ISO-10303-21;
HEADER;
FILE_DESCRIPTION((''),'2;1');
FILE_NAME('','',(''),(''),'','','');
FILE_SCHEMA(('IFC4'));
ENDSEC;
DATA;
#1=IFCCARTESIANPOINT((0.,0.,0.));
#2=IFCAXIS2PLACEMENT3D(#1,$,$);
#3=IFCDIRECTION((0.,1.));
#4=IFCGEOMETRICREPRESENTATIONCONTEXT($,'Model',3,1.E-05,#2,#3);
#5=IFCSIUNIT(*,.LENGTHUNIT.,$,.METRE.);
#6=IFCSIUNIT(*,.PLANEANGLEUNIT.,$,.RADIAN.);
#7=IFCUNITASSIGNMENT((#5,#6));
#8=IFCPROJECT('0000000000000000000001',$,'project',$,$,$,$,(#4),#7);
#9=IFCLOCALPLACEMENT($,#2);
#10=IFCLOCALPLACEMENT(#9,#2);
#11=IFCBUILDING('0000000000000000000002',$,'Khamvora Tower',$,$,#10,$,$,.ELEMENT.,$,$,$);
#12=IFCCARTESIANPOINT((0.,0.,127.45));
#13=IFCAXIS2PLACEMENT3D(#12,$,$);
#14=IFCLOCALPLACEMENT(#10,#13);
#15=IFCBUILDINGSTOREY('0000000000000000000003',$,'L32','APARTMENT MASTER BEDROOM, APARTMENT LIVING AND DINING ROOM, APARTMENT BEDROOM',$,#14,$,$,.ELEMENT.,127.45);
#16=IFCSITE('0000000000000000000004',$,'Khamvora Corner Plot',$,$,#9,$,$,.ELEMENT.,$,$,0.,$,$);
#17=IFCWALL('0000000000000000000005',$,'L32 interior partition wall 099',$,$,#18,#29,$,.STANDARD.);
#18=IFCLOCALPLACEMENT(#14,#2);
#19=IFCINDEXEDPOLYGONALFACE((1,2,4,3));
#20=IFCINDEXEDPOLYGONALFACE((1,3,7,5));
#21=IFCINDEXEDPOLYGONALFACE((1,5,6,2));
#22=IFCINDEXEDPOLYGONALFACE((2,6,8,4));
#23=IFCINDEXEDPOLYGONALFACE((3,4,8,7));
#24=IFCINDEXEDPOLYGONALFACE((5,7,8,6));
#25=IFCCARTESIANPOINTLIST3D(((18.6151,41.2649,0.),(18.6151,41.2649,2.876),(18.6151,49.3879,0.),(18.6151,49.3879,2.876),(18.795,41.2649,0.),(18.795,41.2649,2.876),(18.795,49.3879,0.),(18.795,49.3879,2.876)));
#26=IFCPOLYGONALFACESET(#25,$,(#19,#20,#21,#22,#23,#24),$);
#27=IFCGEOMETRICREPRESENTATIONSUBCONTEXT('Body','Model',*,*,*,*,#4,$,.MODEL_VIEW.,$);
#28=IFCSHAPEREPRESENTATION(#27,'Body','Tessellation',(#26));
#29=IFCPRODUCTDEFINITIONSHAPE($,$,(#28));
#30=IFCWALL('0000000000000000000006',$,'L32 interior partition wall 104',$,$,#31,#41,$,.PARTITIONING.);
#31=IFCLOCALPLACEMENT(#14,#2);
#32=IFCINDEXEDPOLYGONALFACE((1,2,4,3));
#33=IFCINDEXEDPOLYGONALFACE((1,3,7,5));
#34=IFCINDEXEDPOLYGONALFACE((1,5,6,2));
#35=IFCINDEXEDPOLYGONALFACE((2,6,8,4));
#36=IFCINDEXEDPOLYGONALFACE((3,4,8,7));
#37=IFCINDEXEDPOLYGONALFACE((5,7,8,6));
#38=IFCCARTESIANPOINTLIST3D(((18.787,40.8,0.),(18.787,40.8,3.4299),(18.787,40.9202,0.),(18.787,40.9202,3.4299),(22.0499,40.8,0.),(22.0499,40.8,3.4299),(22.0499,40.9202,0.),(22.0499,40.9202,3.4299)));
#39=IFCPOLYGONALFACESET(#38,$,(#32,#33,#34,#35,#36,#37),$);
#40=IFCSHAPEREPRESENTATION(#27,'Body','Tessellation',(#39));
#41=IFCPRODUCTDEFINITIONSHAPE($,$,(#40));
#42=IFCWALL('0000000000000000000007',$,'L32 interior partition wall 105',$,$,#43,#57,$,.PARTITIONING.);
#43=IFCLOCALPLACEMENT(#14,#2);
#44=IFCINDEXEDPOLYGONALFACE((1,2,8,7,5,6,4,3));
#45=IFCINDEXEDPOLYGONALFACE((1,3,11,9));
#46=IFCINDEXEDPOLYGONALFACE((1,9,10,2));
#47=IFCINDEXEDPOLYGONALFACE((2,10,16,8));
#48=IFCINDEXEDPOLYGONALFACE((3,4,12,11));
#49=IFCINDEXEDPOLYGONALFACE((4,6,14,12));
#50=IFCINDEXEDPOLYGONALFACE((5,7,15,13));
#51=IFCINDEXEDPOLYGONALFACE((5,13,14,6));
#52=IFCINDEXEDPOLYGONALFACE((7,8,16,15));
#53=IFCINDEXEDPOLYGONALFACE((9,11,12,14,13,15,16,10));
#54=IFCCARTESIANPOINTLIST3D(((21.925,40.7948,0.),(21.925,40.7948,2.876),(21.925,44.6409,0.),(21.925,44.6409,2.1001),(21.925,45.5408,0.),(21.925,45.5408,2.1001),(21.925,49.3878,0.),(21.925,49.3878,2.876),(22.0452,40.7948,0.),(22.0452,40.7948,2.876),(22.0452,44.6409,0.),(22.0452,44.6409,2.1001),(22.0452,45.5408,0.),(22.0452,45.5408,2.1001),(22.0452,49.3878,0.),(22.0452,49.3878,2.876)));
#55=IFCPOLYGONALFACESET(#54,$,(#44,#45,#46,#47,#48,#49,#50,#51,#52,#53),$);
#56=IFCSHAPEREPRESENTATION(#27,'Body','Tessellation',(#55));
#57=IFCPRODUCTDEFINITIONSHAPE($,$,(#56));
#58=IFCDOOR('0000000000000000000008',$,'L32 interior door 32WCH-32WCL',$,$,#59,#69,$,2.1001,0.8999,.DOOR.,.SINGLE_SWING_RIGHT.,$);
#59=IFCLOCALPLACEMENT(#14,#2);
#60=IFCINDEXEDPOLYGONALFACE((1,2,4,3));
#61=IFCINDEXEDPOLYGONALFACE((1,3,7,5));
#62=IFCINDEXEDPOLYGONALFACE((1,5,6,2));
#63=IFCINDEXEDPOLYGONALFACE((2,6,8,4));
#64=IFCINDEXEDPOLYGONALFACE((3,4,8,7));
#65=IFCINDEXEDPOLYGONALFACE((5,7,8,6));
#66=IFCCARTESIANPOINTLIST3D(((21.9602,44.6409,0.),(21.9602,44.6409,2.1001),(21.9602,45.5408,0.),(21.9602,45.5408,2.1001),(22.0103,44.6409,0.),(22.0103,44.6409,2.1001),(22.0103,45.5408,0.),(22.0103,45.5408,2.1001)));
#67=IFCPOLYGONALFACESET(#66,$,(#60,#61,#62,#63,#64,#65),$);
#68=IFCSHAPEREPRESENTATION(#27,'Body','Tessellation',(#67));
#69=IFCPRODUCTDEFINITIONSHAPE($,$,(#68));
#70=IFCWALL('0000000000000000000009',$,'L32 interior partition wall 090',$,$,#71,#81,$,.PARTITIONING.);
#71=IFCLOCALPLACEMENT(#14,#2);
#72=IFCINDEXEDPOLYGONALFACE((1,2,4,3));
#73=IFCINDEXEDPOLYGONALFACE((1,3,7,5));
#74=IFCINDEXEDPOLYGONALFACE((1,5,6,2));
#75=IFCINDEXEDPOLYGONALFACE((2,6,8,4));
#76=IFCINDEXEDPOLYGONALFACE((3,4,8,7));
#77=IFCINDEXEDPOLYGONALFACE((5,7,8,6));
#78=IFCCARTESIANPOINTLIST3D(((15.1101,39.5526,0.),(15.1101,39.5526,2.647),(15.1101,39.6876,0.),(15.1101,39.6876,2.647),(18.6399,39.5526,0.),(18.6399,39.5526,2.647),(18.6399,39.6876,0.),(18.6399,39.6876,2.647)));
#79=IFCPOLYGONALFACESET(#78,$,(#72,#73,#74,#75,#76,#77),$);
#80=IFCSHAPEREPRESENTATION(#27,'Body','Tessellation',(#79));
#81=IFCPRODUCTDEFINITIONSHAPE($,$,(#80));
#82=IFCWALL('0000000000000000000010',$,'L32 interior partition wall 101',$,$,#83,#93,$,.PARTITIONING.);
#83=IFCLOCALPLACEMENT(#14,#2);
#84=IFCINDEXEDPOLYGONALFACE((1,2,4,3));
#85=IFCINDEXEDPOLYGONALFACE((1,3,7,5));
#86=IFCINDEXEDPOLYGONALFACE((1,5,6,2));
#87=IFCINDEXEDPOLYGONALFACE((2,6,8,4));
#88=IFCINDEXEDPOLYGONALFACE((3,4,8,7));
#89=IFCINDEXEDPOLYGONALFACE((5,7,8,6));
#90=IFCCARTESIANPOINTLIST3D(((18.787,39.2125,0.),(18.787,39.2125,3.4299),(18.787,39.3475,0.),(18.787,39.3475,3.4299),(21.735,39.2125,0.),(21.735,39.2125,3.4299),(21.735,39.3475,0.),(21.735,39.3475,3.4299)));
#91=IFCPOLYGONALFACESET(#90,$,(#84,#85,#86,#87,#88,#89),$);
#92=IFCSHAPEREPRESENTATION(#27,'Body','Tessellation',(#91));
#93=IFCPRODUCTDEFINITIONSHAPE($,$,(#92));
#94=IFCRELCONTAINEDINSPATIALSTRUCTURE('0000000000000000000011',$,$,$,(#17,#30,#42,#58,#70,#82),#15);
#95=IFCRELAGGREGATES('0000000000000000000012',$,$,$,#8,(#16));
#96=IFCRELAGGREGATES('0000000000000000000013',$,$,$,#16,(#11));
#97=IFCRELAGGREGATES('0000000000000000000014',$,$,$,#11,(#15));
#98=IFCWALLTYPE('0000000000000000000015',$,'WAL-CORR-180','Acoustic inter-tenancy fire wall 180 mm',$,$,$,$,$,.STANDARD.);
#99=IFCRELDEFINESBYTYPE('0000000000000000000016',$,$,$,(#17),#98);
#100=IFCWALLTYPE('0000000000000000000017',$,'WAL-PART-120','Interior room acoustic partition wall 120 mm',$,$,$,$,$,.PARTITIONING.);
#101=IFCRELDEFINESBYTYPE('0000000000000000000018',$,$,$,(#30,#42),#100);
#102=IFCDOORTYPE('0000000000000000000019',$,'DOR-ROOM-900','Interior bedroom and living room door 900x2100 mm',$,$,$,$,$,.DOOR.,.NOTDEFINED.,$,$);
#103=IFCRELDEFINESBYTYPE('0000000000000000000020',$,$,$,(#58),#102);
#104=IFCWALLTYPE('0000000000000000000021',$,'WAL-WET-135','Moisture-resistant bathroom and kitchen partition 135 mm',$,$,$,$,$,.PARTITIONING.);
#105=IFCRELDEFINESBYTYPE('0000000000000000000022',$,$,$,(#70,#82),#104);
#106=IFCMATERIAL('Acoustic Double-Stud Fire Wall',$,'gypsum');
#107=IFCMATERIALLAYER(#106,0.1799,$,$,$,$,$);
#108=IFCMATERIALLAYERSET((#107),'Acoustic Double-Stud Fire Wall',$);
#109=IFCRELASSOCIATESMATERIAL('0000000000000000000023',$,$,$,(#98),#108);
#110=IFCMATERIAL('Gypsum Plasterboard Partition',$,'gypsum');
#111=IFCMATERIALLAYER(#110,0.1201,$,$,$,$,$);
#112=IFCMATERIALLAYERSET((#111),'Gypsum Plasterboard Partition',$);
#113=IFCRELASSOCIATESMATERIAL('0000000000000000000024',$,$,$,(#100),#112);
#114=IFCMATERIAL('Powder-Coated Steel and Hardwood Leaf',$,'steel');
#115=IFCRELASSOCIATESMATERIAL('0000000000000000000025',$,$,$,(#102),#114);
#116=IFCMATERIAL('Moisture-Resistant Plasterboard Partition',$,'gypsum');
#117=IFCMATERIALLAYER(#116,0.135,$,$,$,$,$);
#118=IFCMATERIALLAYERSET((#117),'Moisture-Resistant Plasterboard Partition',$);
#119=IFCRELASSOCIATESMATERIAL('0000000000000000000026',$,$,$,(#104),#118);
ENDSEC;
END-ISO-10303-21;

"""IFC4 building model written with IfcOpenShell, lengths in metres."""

from ifc_helpers import new_model, si_unit, direction, frame, frame_2d, origin, place, context, subcontext, project, spatial, rectangle, extrude, material, layer, layer_set, type_object, element, fill, save


model = new_model("IFC4")

# Units and contexts
model_context = context("Model", 3, precision=1e-05, world=origin(), true_north=direction((0.0, 1.0)))
body_context = subcontext(model_context, "Body", "Model", "MODEL_VIEW")
ifc_project = project(units=[si_unit("LENGTHUNIT", "METRE"), si_unit("PLANEANGLEUNIT", "RADIAN")], contexts=[model_context])

# Site, building, storey
site_placement = place(None, origin())
site = spatial("IfcSite", under=ifc_project, at=site_placement, Name="Khamvora Corner Plot", CompositionType="ELEMENT", RefElevation=0.0)
building_placement = place(site_placement, origin())
building = spatial("IfcBuilding", under=site, at=building_placement, Name="Khamvora Tower", CompositionType="ELEMENT")
storey_placement = place(building_placement, frame((0.0, 0.0, 127.45)))
storey = spatial("IfcBuildingStorey", under=building, at=storey_placement, Name="L32", Description="APARTMENT MASTER BEDROOM, APARTMENT LIVING AND DINING ROOM, APARTMENT BEDROOM", CompositionType="ELEMENT", Elevation=127.45)

# Walls
ifc_material_1 = material(Name="Acoustic Double-Stud Fire Wall", Category="gypsum")
ifc_layer_1 = layer(ifc_material_1, 0.1799)
ifc_layer_set_1 = layer_set([ifc_layer_1], Name="Acoustic Double-Stud Fire Wall")
wall_type_1 = type_object("IfcWallType", Name="WAL-CORR-180", Description="Acoustic inter-tenancy fire wall 180 mm", PredefinedType="STANDARD", material=ifc_layer_set_1)
wall_1_placement = place(storey_placement, frame((18.7051, 49.3879, 0.0), z_axis=(0.0, 0.0, 1.0), x_axis=(0.0, -1.0, 0.0)))
element("IfcWall", 1, at=wall_1_placement, inside=storey, type_object=wall_type_1, Name="L32 interior partition wall 099", PredefinedType="STANDARD", context=body_context, shape_type="SweptSolid", body=[
    extrude(rectangle(XDim=8.123, YDim=0.1799, at=frame_2d((4.0615, 0.0))), origin(), (0.0, 0.0, 1.0), 2.876),
])
ifc_material_2 = material(Name="Gypsum Plasterboard Partition", Category="gypsum")
ifc_layer_2 = layer(ifc_material_2, 0.1201)
ifc_layer_set_2 = layer_set([ifc_layer_2], Name="Gypsum Plasterboard Partition")
wall_type_2 = type_object("IfcWallType", Name="WAL-PART-120", Description="Interior room acoustic partition wall 120 mm", PredefinedType="PARTITIONING", material=ifc_layer_set_2)
wall_2_placement = place(storey_placement, frame((18.7871, 40.8601, 0.0), z_axis=(0.0, 0.0, 1.0), x_axis=(1.0, 0.0, 0.0)))
element("IfcWall", 2, at=wall_2_placement, inside=storey, type_object=wall_type_2, Name="L32 interior partition wall 104", PredefinedType="PARTITIONING", context=body_context, shape_type="SweptSolid", body=[
    extrude(rectangle(XDim=3.2629, YDim=0.1201, at=frame_2d((1.6313, 0.0))), origin(), (0.0, 0.0, 1.0), 3.4299),
])

# Wall, opening, door
wall_3_placement = place(storey_placement, frame((21.9851, 40.7949, 0.0), z_axis=(0.0, 0.0, 1.0), x_axis=(0.0, 1.0, 0.0)))
wall_3 = element("IfcWall", 3, at=wall_3_placement, inside=storey, type_object=wall_type_2, Name="L32 interior partition wall 105", PredefinedType="PARTITIONING", context=body_context, shape_type="SweptSolid", body=[
    extrude(rectangle(XDim=8.593, YDim=0.1201, at=frame_2d((4.2964, 0.0))), origin(), (0.0, 0.0, 1.0), 2.876),
])
opening_placement = place(wall_3_placement, frame((3.8459, 0.0, 0.0)))
opening = element("IfcOpeningElement", 4, at=opening_placement, cuts=wall_3, PredefinedType="OPENING", context=body_context, shape_type="SweptSolid", body=[
    extrude(rectangle(XDim=0.8999, YDim=2.1001, at=frame_2d((0.45, 1.05))), frame((0.0, 0.0701, 0.0), z_axis=(0.0, -1.0, 0.0), x_axis=(1.0, 0.0, 0.0)), (0.0, 0.0, 1.0), 0.1401),
])
ifc_material_3 = material(Name="Powder-Coated Steel and Hardwood Leaf", Category="steel")
door_type = type_object("IfcDoorType", Name="DOR-ROOM-900", Description="Interior bedroom and living room door 900x2100 mm", OperationType="NOTDEFINED", PredefinedType="DOOR", material=ifc_material_3)
door_placement = place(opening_placement, origin())
door = element("IfcDoor", 5, at=door_placement, inside=storey, type_object=door_type, Name="L32 interior door 32WCH-32WCL", OperationType="SINGLE_SWING_RIGHT", OverallHeight=2.1001, OverallWidth=0.8999, PredefinedType="DOOR", context=body_context, shape_type="SweptSolid", body=[
    extrude(rectangle(XDim=0.8999, YDim=2.1001, at=frame_2d((0.45, 1.05))), frame((0.0, 0.0249, 0.0), z_axis=(0.0, -1.0, 0.0), x_axis=(1.0, 0.0, 0.0)), (0.0, 0.0, 1.0), 0.05),
])
fill(opening, door)

# Walls
ifc_material_4 = material(Name="Moisture-Resistant Plasterboard Partition", Category="gypsum")
ifc_layer_3 = layer(ifc_material_4, 0.135)
ifc_layer_set_3 = layer_set([ifc_layer_3], Name="Moisture-Resistant Plasterboard Partition")
wall_type_3 = type_object("IfcWallType", Name="WAL-WET-135", Description="Moisture-resistant bathroom and kitchen partition 135 mm", PredefinedType="PARTITIONING", material=ifc_layer_set_3)
wall_4_placement = place(storey_placement, frame((18.6399, 39.6201, 0.0), z_axis=(0.0, 0.0, 1.0), x_axis=(-1.0, 0.0, 0.0)))
element("IfcWall", 6, at=wall_4_placement, inside=storey, type_object=wall_type_3, Name="L32 interior partition wall 090", PredefinedType="PARTITIONING", context=body_context, shape_type="SweptSolid", body=[
    extrude(rectangle(XDim=3.5298, YDim=0.135, at=frame_2d((1.7649, 0.0))), origin(), (0.0, 0.0, 1.0), 2.647),
])
wall_5_placement = place(storey_placement, frame((21.7351, 39.28, 0.0), z_axis=(0.0, 0.0, 1.0), x_axis=(-1.0, 0.0, 0.0)))
element("IfcWall", 7, at=wall_5_placement, inside=storey, type_object=wall_type_3, Name="L32 interior partition wall 101", PredefinedType="PARTITIONING", context=body_context, shape_type="SweptSolid", body=[
    extrude(rectangle(XDim=2.948, YDim=0.135, at=frame_2d((1.4741, 0.0))), origin(), (0.0, 0.0, 1.0), 3.4299),
])

save(model, "model.ifc")
